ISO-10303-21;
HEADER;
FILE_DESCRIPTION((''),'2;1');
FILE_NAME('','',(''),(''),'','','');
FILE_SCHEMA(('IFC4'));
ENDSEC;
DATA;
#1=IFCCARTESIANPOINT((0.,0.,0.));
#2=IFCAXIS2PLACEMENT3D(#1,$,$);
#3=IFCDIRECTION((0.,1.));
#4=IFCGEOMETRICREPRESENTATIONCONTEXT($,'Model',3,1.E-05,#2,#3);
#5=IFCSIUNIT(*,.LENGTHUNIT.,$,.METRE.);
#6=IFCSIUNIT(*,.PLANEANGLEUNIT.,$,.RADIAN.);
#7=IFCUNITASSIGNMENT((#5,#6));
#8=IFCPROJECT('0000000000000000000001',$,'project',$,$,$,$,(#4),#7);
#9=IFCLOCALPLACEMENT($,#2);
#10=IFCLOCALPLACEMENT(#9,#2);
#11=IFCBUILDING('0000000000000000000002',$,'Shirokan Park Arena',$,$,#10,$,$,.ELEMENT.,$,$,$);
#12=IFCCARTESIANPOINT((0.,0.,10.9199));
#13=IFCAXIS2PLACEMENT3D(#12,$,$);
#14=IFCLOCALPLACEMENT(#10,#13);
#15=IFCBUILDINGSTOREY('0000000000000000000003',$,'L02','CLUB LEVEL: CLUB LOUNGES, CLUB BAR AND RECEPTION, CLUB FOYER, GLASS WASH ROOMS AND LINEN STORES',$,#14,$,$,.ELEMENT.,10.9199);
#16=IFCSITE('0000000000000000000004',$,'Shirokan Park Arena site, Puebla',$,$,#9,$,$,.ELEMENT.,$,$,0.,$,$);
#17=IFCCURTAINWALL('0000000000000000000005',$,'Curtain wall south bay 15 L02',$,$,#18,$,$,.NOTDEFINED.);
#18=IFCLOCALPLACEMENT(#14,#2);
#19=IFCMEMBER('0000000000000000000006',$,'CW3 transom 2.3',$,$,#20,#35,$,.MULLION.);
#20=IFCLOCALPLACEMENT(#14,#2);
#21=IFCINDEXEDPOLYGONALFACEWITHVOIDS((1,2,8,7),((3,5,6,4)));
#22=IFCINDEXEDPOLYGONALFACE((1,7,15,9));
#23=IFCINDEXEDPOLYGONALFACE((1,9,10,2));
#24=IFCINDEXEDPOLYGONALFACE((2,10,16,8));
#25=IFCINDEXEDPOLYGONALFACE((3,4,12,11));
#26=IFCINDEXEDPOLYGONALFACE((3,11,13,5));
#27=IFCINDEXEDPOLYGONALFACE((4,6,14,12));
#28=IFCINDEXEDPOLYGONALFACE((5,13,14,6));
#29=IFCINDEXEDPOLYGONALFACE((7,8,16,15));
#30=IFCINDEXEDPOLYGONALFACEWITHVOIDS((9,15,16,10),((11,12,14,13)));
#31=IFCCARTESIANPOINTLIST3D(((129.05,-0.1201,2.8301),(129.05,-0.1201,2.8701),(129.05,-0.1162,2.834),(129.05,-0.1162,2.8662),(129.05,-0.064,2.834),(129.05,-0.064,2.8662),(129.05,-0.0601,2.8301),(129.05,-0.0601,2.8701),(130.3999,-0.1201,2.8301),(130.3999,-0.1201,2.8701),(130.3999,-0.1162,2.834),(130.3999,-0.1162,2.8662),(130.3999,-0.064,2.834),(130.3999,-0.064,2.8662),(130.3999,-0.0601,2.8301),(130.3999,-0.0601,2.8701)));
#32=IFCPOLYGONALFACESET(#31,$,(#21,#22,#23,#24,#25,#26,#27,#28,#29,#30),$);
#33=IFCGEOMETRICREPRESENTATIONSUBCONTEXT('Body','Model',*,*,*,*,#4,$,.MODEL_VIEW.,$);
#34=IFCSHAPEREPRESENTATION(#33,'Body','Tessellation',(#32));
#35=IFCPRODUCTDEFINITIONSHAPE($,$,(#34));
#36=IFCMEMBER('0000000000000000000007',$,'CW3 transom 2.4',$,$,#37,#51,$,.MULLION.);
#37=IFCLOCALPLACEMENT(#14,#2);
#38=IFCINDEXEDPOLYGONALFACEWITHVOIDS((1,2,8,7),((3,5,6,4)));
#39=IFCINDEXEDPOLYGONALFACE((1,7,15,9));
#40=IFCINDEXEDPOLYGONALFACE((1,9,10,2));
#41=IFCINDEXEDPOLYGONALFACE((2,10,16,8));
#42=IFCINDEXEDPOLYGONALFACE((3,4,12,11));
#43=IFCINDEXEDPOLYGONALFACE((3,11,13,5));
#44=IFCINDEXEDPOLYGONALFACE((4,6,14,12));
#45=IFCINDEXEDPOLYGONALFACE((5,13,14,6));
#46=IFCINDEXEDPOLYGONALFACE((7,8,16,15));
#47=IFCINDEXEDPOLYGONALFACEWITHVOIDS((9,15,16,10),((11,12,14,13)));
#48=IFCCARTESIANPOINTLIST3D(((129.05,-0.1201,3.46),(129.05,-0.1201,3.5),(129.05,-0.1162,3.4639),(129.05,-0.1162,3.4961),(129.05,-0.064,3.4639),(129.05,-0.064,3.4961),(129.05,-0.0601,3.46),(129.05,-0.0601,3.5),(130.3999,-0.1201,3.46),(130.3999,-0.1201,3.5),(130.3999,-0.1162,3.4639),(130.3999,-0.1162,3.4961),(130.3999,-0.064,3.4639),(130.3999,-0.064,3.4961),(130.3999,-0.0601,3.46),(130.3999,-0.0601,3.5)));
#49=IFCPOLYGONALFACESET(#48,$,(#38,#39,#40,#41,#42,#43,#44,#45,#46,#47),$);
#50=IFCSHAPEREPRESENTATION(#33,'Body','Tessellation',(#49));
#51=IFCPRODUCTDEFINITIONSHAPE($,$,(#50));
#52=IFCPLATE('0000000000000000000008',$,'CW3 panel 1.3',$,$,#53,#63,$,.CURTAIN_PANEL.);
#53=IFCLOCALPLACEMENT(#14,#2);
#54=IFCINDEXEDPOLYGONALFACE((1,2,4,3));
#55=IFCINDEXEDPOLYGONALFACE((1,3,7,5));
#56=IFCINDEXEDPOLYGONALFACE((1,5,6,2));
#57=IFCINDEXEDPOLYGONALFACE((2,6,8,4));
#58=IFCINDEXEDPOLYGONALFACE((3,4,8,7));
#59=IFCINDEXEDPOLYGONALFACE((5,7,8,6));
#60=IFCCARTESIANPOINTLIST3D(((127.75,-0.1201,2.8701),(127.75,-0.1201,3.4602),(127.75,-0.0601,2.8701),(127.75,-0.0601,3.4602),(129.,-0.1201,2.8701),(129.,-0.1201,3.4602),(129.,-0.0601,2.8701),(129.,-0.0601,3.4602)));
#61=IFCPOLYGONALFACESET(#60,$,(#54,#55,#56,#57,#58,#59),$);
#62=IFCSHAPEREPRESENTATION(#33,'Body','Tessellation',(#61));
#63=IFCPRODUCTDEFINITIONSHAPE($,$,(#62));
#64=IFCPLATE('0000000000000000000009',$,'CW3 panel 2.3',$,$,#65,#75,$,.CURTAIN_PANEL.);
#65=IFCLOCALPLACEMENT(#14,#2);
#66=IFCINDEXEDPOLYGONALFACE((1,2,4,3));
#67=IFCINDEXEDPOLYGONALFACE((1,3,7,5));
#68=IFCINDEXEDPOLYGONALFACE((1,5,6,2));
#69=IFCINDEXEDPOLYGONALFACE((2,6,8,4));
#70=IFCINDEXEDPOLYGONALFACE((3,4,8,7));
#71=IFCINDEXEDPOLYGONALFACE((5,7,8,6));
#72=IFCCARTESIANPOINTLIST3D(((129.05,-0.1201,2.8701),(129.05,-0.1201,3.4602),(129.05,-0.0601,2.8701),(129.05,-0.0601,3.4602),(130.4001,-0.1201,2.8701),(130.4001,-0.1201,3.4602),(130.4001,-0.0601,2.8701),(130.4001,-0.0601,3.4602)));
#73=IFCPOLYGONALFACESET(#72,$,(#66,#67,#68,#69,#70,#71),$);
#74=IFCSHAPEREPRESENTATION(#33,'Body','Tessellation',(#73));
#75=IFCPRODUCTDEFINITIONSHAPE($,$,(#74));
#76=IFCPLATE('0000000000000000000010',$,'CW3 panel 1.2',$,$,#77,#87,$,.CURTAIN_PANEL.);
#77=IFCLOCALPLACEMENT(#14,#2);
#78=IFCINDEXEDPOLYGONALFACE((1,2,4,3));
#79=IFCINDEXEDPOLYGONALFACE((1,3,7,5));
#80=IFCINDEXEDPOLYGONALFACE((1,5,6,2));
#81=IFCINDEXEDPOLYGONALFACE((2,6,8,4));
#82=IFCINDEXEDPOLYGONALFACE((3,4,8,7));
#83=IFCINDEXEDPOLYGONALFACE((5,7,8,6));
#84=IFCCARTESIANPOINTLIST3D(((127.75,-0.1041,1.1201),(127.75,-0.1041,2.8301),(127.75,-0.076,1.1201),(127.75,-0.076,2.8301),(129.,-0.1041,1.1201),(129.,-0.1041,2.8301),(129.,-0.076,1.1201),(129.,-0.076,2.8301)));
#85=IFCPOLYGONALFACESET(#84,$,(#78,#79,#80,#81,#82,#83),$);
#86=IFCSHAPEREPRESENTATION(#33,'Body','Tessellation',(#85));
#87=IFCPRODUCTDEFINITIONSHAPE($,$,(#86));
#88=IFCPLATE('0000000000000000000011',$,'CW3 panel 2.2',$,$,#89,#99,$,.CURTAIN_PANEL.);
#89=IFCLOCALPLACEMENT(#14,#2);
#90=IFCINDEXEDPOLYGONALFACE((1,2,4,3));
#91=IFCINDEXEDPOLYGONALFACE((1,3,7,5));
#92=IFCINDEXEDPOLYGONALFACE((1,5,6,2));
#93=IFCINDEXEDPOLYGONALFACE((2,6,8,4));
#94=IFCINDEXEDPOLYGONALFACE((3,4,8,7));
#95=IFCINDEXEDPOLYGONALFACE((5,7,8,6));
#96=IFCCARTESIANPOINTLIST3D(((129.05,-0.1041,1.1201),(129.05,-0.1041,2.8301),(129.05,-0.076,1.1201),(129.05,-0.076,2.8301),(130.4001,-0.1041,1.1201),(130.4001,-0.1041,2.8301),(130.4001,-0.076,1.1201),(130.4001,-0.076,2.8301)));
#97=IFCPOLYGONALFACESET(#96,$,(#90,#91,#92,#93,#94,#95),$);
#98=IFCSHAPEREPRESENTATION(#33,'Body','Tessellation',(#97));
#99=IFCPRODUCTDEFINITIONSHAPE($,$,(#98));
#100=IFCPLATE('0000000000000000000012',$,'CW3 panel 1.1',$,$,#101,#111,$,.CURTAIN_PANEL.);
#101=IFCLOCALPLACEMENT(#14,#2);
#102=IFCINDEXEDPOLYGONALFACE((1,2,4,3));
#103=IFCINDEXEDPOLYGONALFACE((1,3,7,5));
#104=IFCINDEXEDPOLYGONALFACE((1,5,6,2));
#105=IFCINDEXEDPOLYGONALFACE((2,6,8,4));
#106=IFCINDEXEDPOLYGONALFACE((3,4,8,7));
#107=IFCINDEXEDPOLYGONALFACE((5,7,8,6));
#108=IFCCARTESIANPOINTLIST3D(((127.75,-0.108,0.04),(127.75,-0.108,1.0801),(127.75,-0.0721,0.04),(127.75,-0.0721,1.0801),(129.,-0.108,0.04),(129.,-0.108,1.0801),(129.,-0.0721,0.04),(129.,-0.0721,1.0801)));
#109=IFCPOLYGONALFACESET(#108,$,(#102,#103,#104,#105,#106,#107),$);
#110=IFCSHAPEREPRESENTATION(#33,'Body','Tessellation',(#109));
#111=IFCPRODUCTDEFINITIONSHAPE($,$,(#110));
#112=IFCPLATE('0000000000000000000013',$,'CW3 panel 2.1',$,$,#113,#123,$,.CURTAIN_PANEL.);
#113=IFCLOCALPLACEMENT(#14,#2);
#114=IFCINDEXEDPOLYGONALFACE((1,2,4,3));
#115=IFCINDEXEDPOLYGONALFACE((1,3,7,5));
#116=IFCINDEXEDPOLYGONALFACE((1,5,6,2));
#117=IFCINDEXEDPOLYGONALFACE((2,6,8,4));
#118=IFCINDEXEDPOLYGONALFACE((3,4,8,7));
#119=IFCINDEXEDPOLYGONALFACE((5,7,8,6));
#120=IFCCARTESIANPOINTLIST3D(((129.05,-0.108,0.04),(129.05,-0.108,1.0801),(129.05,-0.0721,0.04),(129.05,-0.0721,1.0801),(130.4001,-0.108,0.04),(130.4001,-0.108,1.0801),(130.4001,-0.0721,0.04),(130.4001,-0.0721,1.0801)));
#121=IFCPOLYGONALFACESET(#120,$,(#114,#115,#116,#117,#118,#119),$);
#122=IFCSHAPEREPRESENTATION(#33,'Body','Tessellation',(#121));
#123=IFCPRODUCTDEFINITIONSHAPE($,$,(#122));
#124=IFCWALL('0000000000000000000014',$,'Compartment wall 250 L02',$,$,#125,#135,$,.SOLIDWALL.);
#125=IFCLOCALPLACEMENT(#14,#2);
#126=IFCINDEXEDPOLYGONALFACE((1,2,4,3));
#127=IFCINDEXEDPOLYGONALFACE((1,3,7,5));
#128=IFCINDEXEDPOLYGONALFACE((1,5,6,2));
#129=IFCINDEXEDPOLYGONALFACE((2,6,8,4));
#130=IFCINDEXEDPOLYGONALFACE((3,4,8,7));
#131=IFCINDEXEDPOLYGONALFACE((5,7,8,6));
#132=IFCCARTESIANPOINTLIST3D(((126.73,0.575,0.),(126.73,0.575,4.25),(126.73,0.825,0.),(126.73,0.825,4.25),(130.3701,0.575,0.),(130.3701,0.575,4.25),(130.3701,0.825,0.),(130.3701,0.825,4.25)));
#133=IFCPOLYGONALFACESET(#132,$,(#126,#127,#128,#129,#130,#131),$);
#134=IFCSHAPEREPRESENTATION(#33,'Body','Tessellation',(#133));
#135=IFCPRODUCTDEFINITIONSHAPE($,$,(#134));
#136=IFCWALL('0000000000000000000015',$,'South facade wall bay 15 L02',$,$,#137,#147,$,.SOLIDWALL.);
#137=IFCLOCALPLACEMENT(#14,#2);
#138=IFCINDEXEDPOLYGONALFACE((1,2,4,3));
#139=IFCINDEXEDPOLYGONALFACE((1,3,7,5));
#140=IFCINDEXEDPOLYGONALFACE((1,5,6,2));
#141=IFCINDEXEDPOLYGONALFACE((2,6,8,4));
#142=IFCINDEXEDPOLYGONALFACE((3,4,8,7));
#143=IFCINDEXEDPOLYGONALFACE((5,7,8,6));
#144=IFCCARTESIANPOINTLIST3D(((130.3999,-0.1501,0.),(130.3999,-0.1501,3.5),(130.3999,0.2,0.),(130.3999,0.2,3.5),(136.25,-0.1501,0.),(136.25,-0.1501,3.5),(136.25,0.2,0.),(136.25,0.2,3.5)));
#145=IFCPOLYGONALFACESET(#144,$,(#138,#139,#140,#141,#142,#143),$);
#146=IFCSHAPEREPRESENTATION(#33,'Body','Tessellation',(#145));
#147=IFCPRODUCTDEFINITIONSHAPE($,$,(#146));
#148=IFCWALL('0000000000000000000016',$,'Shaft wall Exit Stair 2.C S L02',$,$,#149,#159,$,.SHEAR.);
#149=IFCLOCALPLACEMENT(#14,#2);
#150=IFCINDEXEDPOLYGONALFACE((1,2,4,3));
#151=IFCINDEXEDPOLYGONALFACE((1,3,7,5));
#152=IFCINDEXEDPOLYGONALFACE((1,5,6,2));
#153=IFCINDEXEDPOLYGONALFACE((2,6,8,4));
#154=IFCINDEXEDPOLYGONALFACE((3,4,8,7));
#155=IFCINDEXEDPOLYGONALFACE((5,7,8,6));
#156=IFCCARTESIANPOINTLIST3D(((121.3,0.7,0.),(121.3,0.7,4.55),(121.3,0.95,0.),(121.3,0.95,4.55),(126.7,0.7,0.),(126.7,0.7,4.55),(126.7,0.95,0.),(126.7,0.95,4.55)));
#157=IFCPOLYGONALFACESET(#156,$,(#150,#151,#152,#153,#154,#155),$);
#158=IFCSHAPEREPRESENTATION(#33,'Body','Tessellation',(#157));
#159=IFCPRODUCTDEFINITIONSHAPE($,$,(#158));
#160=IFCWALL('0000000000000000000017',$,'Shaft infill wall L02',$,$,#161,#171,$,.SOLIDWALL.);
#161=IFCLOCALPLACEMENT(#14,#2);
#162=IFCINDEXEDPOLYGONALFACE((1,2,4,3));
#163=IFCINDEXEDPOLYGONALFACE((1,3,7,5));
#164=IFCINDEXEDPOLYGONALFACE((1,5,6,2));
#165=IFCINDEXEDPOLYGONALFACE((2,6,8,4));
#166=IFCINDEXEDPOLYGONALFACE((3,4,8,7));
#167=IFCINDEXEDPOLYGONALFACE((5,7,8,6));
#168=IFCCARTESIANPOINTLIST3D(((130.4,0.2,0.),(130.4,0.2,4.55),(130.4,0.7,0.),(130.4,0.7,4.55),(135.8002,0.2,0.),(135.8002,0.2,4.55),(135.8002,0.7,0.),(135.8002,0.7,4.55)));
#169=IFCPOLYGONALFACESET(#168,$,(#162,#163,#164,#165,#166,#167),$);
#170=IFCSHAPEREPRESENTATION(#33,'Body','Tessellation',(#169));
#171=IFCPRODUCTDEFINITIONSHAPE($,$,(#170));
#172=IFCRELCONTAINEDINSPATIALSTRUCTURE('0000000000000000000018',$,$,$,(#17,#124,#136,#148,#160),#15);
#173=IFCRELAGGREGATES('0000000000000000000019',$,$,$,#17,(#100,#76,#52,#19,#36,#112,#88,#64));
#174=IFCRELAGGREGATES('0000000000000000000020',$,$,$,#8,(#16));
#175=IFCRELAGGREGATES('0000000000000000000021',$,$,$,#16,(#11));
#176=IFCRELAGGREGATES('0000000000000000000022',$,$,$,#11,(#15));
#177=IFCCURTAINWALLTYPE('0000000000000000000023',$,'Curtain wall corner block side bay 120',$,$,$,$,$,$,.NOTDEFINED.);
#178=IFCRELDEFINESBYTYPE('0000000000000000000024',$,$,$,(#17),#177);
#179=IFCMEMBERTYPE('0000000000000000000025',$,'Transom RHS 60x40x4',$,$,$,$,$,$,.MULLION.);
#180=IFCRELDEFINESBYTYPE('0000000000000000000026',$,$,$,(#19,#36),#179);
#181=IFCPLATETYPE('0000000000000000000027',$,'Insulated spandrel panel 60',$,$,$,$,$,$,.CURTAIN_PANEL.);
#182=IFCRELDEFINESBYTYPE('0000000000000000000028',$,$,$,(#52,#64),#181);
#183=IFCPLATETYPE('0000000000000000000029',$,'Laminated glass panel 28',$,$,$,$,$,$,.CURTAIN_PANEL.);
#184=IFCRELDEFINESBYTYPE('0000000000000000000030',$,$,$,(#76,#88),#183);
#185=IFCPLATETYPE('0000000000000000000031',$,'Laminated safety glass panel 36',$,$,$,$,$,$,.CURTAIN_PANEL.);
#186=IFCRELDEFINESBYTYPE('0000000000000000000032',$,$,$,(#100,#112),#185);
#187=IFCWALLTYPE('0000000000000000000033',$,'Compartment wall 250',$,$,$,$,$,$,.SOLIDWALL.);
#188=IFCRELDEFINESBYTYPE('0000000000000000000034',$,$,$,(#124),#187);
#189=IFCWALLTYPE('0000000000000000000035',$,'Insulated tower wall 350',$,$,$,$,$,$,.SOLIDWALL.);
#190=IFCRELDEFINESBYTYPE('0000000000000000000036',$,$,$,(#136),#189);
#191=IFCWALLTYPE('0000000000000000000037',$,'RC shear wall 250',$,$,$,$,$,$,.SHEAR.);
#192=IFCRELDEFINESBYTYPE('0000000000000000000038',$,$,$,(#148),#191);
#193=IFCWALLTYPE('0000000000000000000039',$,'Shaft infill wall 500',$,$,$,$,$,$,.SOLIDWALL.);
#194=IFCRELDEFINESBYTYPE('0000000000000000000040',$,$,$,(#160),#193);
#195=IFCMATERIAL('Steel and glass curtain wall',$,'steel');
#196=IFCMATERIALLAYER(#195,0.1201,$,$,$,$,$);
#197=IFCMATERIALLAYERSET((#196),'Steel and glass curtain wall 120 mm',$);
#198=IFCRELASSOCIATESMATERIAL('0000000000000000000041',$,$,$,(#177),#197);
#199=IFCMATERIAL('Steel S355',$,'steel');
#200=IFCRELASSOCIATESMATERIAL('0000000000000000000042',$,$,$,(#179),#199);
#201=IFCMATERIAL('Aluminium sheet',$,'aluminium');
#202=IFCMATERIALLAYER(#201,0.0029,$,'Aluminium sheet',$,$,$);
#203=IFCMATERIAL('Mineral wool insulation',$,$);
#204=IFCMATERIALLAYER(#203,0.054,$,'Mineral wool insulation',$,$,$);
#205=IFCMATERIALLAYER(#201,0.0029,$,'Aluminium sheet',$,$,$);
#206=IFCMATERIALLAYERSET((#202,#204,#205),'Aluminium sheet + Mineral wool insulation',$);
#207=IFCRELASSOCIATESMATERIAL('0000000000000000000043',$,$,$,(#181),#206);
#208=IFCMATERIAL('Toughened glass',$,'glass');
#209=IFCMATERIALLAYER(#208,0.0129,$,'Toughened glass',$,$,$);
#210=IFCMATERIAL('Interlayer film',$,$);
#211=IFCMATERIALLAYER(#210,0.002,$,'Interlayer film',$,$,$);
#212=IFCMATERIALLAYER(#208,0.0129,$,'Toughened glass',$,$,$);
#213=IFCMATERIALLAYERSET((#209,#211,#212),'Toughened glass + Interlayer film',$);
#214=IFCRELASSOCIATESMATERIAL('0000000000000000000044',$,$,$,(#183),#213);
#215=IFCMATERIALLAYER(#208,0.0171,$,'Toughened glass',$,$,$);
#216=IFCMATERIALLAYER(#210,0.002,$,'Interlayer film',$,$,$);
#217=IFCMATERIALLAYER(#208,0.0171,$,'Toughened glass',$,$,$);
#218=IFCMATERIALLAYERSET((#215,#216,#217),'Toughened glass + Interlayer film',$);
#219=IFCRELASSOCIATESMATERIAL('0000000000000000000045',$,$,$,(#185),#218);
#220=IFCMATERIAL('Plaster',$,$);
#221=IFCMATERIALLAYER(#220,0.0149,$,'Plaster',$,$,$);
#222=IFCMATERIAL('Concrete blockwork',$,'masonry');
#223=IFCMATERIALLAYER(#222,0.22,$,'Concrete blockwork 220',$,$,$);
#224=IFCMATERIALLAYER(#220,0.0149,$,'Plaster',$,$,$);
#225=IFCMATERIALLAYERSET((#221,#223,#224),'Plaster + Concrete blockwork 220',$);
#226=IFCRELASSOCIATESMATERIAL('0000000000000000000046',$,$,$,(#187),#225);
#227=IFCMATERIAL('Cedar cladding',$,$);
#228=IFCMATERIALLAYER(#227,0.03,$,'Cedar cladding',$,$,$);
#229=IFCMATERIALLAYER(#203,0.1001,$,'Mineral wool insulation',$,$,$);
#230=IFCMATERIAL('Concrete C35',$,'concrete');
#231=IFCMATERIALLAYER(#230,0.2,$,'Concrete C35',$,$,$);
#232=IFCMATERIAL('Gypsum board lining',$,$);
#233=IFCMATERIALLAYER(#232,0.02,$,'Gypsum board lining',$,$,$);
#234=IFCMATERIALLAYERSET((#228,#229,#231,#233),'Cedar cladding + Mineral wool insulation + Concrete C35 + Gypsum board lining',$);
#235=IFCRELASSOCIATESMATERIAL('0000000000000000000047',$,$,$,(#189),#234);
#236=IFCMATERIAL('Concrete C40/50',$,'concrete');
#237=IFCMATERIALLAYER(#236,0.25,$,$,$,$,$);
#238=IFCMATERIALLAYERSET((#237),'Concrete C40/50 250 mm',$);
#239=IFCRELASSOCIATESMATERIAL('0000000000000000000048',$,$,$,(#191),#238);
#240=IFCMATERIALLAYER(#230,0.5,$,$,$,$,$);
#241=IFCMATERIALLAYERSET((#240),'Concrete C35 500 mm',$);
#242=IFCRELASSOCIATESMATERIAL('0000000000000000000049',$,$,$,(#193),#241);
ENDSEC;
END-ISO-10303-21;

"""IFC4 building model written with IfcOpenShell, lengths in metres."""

from ifc_helpers import new_model, si_unit, direction, frame, frame_2d, origin, origin_2d, place, context, subcontext, project, spatial, rectangle, hollow_rectangle, extrude, material, layer, layer_set, material_profile, profile_set, type_object, element, aggregate, save


model = new_model("IFC4")

# Units and contexts
model_context = context("Model", 3, precision=1e-05, world=origin(), true_north=direction((0.0, 1.0)))
body_context = subcontext(model_context, "Body", "Model", "MODEL_VIEW")
ifc_project = project(units=[si_unit("LENGTHUNIT", "METRE"), si_unit("PLANEANGLEUNIT", "RADIAN")], contexts=[model_context])

# Site, building, storey
site_placement = place(None, origin())
site = spatial("IfcSite", under=ifc_project, at=site_placement, Name="Shirokan Park Arena site, Puebla", CompositionType="ELEMENT", RefElevation=0.0)
building_placement = place(site_placement, origin())
building = spatial("IfcBuilding", under=site, at=building_placement, Name="Shirokan Park Arena", CompositionType="ELEMENT")
storey_placement = place(building_placement, frame((0.0, 0.0, 10.9199)))
storey = spatial("IfcBuildingStorey", under=building, at=storey_placement, Name="L02", Description="CLUB LEVEL: CLUB LOUNGES, CLUB BAR AND RECEPTION, CLUB FOYER, GLASS WASH ROOMS AND LINEN STORES", CompositionType="ELEMENT", Elevation=10.9199)

# Shared definitions
ifc_material_1 = material(Name="Concrete C35", Category="concrete")

# Curtain wall
ifc_material_2 = material(Name="Steel and glass curtain wall", Category="steel")
ifc_layer_1 = layer(ifc_material_2, 0.1201)
ifc_layer_set_1 = layer_set([ifc_layer_1], Name="Steel and glass curtain wall 120 mm")
curtain_wall_type = type_object("IfcCurtainWallType", Name="Curtain wall corner block side bay 120", PredefinedType="NOTDEFINED", material=ifc_layer_set_1)
curtain_wall_placement = place(storey_placement, origin())
curtain_wall = element("IfcCurtainWall", 1, at=curtain_wall_placement, inside=storey, type_object=curtain_wall_type, Name="Curtain wall south bay 15 L02", PredefinedType="NOTDEFINED")
ifc_material_3 = material(Name="Steel S355", Category="steel")

# Members
ifc_material_profile_1 = material_profile(ifc_material_3, hollow_rectangle(XDim=0.0601, YDim=0.04, WallThickness=0.0039, at=origin_2d()), Name="RHS 60x40x4")
ifc_profile_set_1 = profile_set([ifc_material_profile_1], Name="Steel S355")
member_type_1 = type_object("IfcMemberType", Name="Transom RHS 60x40x4", PredefinedType="MULLION", material=ifc_profile_set_1)
member_1_placement = place(storey_placement, frame((129.05, -0.0901, 2.8501), z_axis=(1.0, 0.0, 0.0), x_axis=(0.0, 1.0, 0.0)))
member_1 = element("IfcMember", 2, at=member_1_placement, type_object=member_type_1, Name="CW3 transom 2.3", PredefinedType="MULLION", context=body_context, shape_type="SweptSolid", body=[
    extrude(hollow_rectangle(XDim=0.0601, YDim=0.04, WallThickness=0.0039, at=origin_2d()), origin(), (0.0, 0.0, 1.0), 1.3499),
])
member_2_placement = place(storey_placement, frame((129.05, -0.0901, 3.48), z_axis=(1.0, 0.0, 0.0), x_axis=(0.0, 1.0, 0.0)))
member_2 = element("IfcMember", 3, at=member_2_placement, type_object=member_type_1, Name="CW3 transom 2.4", PredefinedType="MULLION", context=body_context, shape_type="SweptSolid", body=[
    extrude(hollow_rectangle(XDim=0.0601, YDim=0.04, WallThickness=0.0039, at=origin_2d()), origin(), (0.0, 0.0, 1.0), 1.3499),
])

# Plates
ifc_material_4 = material(Name="Aluminium sheet", Category="aluminium")
ifc_layer_2 = layer(ifc_material_4, 0.0029, Name="Aluminium sheet")
ifc_material_5 = material(Name="Mineral wool insulation")
ifc_layer_3 = layer(ifc_material_5, 0.054, Name="Mineral wool insulation")
ifc_layer_4 = layer(ifc_material_4, 0.0029, Name="Aluminium sheet")
ifc_layer_set_2 = layer_set([ifc_layer_2, ifc_layer_3, ifc_layer_4], Name="Aluminium sheet + Mineral wool insulation")
plate_type_1 = type_object("IfcPlateType", Name="Insulated spandrel panel 60", PredefinedType="CURTAIN_PANEL", material=ifc_layer_set_2)
plate_1_placement = place(storey_placement, frame((128.375, -0.0901, 2.8701), z_axis=(0.0, 0.0, 1.0), x_axis=(1.0, 0.0, 0.0)))
plate_1 = element("IfcPlate", 4, at=plate_1_placement, type_object=plate_type_1, Name="CW3 panel 1.3", PredefinedType="CURTAIN_PANEL", context=body_context, shape_type="SweptSolid", body=[
    extrude(rectangle(XDim=1.25, YDim=0.0601, at=origin_2d()), origin(), (0.0, 0.0, 1.0), 0.5901),
])
plate_2_placement = place(storey_placement, frame((129.7251, -0.0901, 2.8701), z_axis=(0.0, 0.0, 1.0), x_axis=(1.0, 0.0, 0.0)))
plate_2 = element("IfcPlate", 5, at=plate_2_placement, type_object=plate_type_1, Name="CW3 panel 2.3", PredefinedType="CURTAIN_PANEL", context=body_context, shape_type="SweptSolid", body=[
    extrude(rectangle(XDim=1.3501, YDim=0.0601, at=origin_2d()), origin(), (0.0, 0.0, 1.0), 0.5901),
])
ifc_material_6 = material(Name="Toughened glass", Category="glass")
ifc_layer_5 = layer(ifc_material_6, 0.0129, Name="Toughened glass")
ifc_material_7 = material(Name="Interlayer film")
ifc_layer_6 = layer(ifc_material_7, 0.002, Name="Interlayer film")
ifc_layer_7 = layer(ifc_material_6, 0.0129, Name="Toughened glass")
ifc_layer_set_3 = layer_set([ifc_layer_5, ifc_layer_6, ifc_layer_7], Name="Toughened glass + Interlayer film")
plate_type_2 = type_object("IfcPlateType", Name="Laminated glass panel 28", PredefinedType="CURTAIN_PANEL", material=ifc_layer_set_3)
plate_3_placement = place(storey_placement, frame((128.375, -0.0901, 1.1201), z_axis=(0.0, 0.0, 1.0), x_axis=(1.0, 0.0, 0.0)))
plate_3 = element("IfcPlate", 6, at=plate_3_placement, type_object=plate_type_2, Name="CW3 panel 1.2", PredefinedType="CURTAIN_PANEL", context=body_context, shape_type="SweptSolid", body=[
    extrude(rectangle(XDim=1.25, YDim=0.0281, at=origin_2d()), origin(), (0.0, 0.0, 1.0), 1.71),
])
plate_4_placement = place(storey_placement, frame((129.7251, -0.0901, 1.1201), z_axis=(0.0, 0.0, 1.0), x_axis=(1.0, 0.0, 0.0)))
plate_4 = element("IfcPlate", 7, at=plate_4_placement, type_object=plate_type_2, Name="CW3 panel 2.2", PredefinedType="CURTAIN_PANEL", context=body_context, shape_type="SweptSolid", body=[
    extrude(rectangle(XDim=1.3501, YDim=0.0281, at=origin_2d()), origin(), (0.0, 0.0, 1.0), 1.71),
])
ifc_layer_8 = layer(ifc_material_6, 0.0171, Name="Toughened glass")
ifc_layer_9 = layer(ifc_material_7, 0.002, Name="Interlayer film")
ifc_layer_10 = layer(ifc_material_6, 0.0171, Name="Toughened glass")
ifc_layer_set_4 = layer_set([ifc_layer_8, ifc_layer_9, ifc_layer_10], Name="Toughened glass + Interlayer film")
plate_type_3 = type_object("IfcPlateType", Name="Laminated safety glass panel 36", PredefinedType="CURTAIN_PANEL", material=ifc_layer_set_4)
plate_5_placement = place(storey_placement, frame((128.375, -0.0901, 0.04), z_axis=(0.0, 0.0, 1.0), x_axis=(1.0, 0.0, 0.0)))
plate_5 = element("IfcPlate", 8, at=plate_5_placement, type_object=plate_type_3, Name="CW3 panel 1.1", PredefinedType="CURTAIN_PANEL", context=body_context, shape_type="SweptSolid", body=[
    extrude(rectangle(XDim=1.25, YDim=0.0359, at=origin_2d()), origin(), (0.0, 0.0, 1.0), 1.04),
])
plate_6_placement = place(storey_placement, frame((129.7251, -0.0901, 0.04), z_axis=(0.0, 0.0, 1.0), x_axis=(1.0, 0.0, 0.0)))
plate_6 = element("IfcPlate", 9, at=plate_6_placement, type_object=plate_type_3, Name="CW3 panel 2.1", PredefinedType="CURTAIN_PANEL", context=body_context, shape_type="SweptSolid", body=[
    extrude(rectangle(XDim=1.3501, YDim=0.0359, at=origin_2d()), origin(), (0.0, 0.0, 1.0), 1.04),
])
aggregate(curtain_wall, [plate_5, plate_3, plate_1, member_1, member_2, plate_6, plate_4, plate_2])

# Walls
ifc_material_8 = material(Name="Plaster")
ifc_layer_11 = layer(ifc_material_8, 0.0149, Name="Plaster")
ifc_material_9 = material(Name="Concrete blockwork", Category="masonry")
ifc_layer_12 = layer(ifc_material_9, 0.22, Name="Concrete blockwork 220")
ifc_layer_13 = layer(ifc_material_8, 0.0149, Name="Plaster")
ifc_layer_set_5 = layer_set([ifc_layer_11, ifc_layer_12, ifc_layer_13], Name="Plaster + Concrete blockwork 220")
wall_type_1 = type_object("IfcWallType", Name="Compartment wall 250", PredefinedType="SOLIDWALL", material=ifc_layer_set_5)
wall_1_placement = place(storey_placement, frame((130.3701, 0.7, 0.0), z_axis=(0.0, 0.0, 1.0), x_axis=(-1.0, 0.0, 0.0)))
element("IfcWall", 10, at=wall_1_placement, inside=storey, type_object=wall_type_1, Name="Compartment wall 250 L02", PredefinedType="SOLIDWALL", context=body_context, shape_type="SweptSolid", body=[
    extrude(rectangle(XDim=3.6401, YDim=0.25, at=frame_2d((1.8201, 0.0))), origin(), (0.0, 0.0, 1.0), 4.25),
])
ifc_material_10 = material(Name="Cedar cladding")
ifc_layer_14 = layer(ifc_material_10, 0.03, Name="Cedar cladding")
ifc_layer_15 = layer(ifc_material_5, 0.1001, Name="Mineral wool insulation")
ifc_layer_16 = layer(ifc_material_1, 0.2, Name="Concrete C35")
ifc_material_11 = material(Name="Gypsum board lining")
ifc_layer_17 = layer(ifc_material_11, 0.02, Name="Gypsum board lining")
ifc_layer_set_6 = layer_set([ifc_layer_14, ifc_layer_15, ifc_layer_16, ifc_layer_17], Name="Cedar cladding + Mineral wool insulation + Concrete C35 + Gypsum board lining")
wall_type_2 = type_object("IfcWallType", Name="Insulated tower wall 350", PredefinedType="SOLIDWALL", material=ifc_layer_set_6)
wall_2_placement = place(storey_placement, frame((130.3999, 0.0249, 0.0), z_axis=(0.0, 0.0, 1.0), x_axis=(1.0, 0.0, 0.0)))
element("IfcWall", 11, at=wall_2_placement, inside=storey, type_object=wall_type_2, Name="South facade wall bay 15 L02", PredefinedType="SOLIDWALL", context=body_context, shape_type="SweptSolid", body=[
    extrude(rectangle(XDim=5.8501, YDim=0.3501, at=frame_2d((2.925, 0.0))), origin(), (0.0, 0.0, 1.0), 3.5),
])
ifc_material_12 = material(Name="Concrete C40/50", Category="concrete")
ifc_layer_18 = layer(ifc_material_12, 0.25)
ifc_layer_set_7 = layer_set([ifc_layer_18], Name="Concrete C40/50 250 mm")
wall_type_3 = type_object("IfcWallType", Name="RC shear wall 250", PredefinedType="SHEAR", material=ifc_layer_set_7)
wall_3_placement = place(storey_placement, frame((126.7, 0.825, 0.0), z_axis=(0.0, 0.0, 1.0), x_axis=(-1.0, 0.0, 0.0)))
element("IfcWall", 12, at=wall_3_placement, inside=storey, type_object=wall_type_3, Name="Shaft wall Exit Stair 2.C S L02", PredefinedType="SHEAR", context=body_context, shape_type="SweptSolid", body=[
    extrude(rectangle(XDim=5.3999, YDim=0.25, at=frame_2d((2.7, 0.0))), origin(), (0.0, 0.0, 1.0), 4.55),
])
ifc_layer_19 = layer(ifc_material_1, 0.5)
ifc_layer_set_8 = layer_set([ifc_layer_19], Name="Concrete C35 500 mm")
wall_type_4 = type_object("IfcWallType", Name="Shaft infill wall 500", PredefinedType="SOLIDWALL", material=ifc_layer_set_8)
wall_4_placement = place(storey_placement, frame((130.3999, 0.45, 0.0), z_axis=(0.0, 0.0, 1.0), x_axis=(1.0, 0.0, 0.0)))
element("IfcWall", 13, at=wall_4_placement, inside=storey, type_object=wall_type_4, Name="Shaft infill wall L02", PredefinedType="SOLIDWALL", context=body_context, shape_type="SweptSolid", body=[
    extrude(rectangle(XDim=5.4001, YDim=0.5, at=frame_2d((2.7002, 0.0))), origin(), (0.0, 0.0, 1.0), 4.55),
])

save(model, "model.ifc")
